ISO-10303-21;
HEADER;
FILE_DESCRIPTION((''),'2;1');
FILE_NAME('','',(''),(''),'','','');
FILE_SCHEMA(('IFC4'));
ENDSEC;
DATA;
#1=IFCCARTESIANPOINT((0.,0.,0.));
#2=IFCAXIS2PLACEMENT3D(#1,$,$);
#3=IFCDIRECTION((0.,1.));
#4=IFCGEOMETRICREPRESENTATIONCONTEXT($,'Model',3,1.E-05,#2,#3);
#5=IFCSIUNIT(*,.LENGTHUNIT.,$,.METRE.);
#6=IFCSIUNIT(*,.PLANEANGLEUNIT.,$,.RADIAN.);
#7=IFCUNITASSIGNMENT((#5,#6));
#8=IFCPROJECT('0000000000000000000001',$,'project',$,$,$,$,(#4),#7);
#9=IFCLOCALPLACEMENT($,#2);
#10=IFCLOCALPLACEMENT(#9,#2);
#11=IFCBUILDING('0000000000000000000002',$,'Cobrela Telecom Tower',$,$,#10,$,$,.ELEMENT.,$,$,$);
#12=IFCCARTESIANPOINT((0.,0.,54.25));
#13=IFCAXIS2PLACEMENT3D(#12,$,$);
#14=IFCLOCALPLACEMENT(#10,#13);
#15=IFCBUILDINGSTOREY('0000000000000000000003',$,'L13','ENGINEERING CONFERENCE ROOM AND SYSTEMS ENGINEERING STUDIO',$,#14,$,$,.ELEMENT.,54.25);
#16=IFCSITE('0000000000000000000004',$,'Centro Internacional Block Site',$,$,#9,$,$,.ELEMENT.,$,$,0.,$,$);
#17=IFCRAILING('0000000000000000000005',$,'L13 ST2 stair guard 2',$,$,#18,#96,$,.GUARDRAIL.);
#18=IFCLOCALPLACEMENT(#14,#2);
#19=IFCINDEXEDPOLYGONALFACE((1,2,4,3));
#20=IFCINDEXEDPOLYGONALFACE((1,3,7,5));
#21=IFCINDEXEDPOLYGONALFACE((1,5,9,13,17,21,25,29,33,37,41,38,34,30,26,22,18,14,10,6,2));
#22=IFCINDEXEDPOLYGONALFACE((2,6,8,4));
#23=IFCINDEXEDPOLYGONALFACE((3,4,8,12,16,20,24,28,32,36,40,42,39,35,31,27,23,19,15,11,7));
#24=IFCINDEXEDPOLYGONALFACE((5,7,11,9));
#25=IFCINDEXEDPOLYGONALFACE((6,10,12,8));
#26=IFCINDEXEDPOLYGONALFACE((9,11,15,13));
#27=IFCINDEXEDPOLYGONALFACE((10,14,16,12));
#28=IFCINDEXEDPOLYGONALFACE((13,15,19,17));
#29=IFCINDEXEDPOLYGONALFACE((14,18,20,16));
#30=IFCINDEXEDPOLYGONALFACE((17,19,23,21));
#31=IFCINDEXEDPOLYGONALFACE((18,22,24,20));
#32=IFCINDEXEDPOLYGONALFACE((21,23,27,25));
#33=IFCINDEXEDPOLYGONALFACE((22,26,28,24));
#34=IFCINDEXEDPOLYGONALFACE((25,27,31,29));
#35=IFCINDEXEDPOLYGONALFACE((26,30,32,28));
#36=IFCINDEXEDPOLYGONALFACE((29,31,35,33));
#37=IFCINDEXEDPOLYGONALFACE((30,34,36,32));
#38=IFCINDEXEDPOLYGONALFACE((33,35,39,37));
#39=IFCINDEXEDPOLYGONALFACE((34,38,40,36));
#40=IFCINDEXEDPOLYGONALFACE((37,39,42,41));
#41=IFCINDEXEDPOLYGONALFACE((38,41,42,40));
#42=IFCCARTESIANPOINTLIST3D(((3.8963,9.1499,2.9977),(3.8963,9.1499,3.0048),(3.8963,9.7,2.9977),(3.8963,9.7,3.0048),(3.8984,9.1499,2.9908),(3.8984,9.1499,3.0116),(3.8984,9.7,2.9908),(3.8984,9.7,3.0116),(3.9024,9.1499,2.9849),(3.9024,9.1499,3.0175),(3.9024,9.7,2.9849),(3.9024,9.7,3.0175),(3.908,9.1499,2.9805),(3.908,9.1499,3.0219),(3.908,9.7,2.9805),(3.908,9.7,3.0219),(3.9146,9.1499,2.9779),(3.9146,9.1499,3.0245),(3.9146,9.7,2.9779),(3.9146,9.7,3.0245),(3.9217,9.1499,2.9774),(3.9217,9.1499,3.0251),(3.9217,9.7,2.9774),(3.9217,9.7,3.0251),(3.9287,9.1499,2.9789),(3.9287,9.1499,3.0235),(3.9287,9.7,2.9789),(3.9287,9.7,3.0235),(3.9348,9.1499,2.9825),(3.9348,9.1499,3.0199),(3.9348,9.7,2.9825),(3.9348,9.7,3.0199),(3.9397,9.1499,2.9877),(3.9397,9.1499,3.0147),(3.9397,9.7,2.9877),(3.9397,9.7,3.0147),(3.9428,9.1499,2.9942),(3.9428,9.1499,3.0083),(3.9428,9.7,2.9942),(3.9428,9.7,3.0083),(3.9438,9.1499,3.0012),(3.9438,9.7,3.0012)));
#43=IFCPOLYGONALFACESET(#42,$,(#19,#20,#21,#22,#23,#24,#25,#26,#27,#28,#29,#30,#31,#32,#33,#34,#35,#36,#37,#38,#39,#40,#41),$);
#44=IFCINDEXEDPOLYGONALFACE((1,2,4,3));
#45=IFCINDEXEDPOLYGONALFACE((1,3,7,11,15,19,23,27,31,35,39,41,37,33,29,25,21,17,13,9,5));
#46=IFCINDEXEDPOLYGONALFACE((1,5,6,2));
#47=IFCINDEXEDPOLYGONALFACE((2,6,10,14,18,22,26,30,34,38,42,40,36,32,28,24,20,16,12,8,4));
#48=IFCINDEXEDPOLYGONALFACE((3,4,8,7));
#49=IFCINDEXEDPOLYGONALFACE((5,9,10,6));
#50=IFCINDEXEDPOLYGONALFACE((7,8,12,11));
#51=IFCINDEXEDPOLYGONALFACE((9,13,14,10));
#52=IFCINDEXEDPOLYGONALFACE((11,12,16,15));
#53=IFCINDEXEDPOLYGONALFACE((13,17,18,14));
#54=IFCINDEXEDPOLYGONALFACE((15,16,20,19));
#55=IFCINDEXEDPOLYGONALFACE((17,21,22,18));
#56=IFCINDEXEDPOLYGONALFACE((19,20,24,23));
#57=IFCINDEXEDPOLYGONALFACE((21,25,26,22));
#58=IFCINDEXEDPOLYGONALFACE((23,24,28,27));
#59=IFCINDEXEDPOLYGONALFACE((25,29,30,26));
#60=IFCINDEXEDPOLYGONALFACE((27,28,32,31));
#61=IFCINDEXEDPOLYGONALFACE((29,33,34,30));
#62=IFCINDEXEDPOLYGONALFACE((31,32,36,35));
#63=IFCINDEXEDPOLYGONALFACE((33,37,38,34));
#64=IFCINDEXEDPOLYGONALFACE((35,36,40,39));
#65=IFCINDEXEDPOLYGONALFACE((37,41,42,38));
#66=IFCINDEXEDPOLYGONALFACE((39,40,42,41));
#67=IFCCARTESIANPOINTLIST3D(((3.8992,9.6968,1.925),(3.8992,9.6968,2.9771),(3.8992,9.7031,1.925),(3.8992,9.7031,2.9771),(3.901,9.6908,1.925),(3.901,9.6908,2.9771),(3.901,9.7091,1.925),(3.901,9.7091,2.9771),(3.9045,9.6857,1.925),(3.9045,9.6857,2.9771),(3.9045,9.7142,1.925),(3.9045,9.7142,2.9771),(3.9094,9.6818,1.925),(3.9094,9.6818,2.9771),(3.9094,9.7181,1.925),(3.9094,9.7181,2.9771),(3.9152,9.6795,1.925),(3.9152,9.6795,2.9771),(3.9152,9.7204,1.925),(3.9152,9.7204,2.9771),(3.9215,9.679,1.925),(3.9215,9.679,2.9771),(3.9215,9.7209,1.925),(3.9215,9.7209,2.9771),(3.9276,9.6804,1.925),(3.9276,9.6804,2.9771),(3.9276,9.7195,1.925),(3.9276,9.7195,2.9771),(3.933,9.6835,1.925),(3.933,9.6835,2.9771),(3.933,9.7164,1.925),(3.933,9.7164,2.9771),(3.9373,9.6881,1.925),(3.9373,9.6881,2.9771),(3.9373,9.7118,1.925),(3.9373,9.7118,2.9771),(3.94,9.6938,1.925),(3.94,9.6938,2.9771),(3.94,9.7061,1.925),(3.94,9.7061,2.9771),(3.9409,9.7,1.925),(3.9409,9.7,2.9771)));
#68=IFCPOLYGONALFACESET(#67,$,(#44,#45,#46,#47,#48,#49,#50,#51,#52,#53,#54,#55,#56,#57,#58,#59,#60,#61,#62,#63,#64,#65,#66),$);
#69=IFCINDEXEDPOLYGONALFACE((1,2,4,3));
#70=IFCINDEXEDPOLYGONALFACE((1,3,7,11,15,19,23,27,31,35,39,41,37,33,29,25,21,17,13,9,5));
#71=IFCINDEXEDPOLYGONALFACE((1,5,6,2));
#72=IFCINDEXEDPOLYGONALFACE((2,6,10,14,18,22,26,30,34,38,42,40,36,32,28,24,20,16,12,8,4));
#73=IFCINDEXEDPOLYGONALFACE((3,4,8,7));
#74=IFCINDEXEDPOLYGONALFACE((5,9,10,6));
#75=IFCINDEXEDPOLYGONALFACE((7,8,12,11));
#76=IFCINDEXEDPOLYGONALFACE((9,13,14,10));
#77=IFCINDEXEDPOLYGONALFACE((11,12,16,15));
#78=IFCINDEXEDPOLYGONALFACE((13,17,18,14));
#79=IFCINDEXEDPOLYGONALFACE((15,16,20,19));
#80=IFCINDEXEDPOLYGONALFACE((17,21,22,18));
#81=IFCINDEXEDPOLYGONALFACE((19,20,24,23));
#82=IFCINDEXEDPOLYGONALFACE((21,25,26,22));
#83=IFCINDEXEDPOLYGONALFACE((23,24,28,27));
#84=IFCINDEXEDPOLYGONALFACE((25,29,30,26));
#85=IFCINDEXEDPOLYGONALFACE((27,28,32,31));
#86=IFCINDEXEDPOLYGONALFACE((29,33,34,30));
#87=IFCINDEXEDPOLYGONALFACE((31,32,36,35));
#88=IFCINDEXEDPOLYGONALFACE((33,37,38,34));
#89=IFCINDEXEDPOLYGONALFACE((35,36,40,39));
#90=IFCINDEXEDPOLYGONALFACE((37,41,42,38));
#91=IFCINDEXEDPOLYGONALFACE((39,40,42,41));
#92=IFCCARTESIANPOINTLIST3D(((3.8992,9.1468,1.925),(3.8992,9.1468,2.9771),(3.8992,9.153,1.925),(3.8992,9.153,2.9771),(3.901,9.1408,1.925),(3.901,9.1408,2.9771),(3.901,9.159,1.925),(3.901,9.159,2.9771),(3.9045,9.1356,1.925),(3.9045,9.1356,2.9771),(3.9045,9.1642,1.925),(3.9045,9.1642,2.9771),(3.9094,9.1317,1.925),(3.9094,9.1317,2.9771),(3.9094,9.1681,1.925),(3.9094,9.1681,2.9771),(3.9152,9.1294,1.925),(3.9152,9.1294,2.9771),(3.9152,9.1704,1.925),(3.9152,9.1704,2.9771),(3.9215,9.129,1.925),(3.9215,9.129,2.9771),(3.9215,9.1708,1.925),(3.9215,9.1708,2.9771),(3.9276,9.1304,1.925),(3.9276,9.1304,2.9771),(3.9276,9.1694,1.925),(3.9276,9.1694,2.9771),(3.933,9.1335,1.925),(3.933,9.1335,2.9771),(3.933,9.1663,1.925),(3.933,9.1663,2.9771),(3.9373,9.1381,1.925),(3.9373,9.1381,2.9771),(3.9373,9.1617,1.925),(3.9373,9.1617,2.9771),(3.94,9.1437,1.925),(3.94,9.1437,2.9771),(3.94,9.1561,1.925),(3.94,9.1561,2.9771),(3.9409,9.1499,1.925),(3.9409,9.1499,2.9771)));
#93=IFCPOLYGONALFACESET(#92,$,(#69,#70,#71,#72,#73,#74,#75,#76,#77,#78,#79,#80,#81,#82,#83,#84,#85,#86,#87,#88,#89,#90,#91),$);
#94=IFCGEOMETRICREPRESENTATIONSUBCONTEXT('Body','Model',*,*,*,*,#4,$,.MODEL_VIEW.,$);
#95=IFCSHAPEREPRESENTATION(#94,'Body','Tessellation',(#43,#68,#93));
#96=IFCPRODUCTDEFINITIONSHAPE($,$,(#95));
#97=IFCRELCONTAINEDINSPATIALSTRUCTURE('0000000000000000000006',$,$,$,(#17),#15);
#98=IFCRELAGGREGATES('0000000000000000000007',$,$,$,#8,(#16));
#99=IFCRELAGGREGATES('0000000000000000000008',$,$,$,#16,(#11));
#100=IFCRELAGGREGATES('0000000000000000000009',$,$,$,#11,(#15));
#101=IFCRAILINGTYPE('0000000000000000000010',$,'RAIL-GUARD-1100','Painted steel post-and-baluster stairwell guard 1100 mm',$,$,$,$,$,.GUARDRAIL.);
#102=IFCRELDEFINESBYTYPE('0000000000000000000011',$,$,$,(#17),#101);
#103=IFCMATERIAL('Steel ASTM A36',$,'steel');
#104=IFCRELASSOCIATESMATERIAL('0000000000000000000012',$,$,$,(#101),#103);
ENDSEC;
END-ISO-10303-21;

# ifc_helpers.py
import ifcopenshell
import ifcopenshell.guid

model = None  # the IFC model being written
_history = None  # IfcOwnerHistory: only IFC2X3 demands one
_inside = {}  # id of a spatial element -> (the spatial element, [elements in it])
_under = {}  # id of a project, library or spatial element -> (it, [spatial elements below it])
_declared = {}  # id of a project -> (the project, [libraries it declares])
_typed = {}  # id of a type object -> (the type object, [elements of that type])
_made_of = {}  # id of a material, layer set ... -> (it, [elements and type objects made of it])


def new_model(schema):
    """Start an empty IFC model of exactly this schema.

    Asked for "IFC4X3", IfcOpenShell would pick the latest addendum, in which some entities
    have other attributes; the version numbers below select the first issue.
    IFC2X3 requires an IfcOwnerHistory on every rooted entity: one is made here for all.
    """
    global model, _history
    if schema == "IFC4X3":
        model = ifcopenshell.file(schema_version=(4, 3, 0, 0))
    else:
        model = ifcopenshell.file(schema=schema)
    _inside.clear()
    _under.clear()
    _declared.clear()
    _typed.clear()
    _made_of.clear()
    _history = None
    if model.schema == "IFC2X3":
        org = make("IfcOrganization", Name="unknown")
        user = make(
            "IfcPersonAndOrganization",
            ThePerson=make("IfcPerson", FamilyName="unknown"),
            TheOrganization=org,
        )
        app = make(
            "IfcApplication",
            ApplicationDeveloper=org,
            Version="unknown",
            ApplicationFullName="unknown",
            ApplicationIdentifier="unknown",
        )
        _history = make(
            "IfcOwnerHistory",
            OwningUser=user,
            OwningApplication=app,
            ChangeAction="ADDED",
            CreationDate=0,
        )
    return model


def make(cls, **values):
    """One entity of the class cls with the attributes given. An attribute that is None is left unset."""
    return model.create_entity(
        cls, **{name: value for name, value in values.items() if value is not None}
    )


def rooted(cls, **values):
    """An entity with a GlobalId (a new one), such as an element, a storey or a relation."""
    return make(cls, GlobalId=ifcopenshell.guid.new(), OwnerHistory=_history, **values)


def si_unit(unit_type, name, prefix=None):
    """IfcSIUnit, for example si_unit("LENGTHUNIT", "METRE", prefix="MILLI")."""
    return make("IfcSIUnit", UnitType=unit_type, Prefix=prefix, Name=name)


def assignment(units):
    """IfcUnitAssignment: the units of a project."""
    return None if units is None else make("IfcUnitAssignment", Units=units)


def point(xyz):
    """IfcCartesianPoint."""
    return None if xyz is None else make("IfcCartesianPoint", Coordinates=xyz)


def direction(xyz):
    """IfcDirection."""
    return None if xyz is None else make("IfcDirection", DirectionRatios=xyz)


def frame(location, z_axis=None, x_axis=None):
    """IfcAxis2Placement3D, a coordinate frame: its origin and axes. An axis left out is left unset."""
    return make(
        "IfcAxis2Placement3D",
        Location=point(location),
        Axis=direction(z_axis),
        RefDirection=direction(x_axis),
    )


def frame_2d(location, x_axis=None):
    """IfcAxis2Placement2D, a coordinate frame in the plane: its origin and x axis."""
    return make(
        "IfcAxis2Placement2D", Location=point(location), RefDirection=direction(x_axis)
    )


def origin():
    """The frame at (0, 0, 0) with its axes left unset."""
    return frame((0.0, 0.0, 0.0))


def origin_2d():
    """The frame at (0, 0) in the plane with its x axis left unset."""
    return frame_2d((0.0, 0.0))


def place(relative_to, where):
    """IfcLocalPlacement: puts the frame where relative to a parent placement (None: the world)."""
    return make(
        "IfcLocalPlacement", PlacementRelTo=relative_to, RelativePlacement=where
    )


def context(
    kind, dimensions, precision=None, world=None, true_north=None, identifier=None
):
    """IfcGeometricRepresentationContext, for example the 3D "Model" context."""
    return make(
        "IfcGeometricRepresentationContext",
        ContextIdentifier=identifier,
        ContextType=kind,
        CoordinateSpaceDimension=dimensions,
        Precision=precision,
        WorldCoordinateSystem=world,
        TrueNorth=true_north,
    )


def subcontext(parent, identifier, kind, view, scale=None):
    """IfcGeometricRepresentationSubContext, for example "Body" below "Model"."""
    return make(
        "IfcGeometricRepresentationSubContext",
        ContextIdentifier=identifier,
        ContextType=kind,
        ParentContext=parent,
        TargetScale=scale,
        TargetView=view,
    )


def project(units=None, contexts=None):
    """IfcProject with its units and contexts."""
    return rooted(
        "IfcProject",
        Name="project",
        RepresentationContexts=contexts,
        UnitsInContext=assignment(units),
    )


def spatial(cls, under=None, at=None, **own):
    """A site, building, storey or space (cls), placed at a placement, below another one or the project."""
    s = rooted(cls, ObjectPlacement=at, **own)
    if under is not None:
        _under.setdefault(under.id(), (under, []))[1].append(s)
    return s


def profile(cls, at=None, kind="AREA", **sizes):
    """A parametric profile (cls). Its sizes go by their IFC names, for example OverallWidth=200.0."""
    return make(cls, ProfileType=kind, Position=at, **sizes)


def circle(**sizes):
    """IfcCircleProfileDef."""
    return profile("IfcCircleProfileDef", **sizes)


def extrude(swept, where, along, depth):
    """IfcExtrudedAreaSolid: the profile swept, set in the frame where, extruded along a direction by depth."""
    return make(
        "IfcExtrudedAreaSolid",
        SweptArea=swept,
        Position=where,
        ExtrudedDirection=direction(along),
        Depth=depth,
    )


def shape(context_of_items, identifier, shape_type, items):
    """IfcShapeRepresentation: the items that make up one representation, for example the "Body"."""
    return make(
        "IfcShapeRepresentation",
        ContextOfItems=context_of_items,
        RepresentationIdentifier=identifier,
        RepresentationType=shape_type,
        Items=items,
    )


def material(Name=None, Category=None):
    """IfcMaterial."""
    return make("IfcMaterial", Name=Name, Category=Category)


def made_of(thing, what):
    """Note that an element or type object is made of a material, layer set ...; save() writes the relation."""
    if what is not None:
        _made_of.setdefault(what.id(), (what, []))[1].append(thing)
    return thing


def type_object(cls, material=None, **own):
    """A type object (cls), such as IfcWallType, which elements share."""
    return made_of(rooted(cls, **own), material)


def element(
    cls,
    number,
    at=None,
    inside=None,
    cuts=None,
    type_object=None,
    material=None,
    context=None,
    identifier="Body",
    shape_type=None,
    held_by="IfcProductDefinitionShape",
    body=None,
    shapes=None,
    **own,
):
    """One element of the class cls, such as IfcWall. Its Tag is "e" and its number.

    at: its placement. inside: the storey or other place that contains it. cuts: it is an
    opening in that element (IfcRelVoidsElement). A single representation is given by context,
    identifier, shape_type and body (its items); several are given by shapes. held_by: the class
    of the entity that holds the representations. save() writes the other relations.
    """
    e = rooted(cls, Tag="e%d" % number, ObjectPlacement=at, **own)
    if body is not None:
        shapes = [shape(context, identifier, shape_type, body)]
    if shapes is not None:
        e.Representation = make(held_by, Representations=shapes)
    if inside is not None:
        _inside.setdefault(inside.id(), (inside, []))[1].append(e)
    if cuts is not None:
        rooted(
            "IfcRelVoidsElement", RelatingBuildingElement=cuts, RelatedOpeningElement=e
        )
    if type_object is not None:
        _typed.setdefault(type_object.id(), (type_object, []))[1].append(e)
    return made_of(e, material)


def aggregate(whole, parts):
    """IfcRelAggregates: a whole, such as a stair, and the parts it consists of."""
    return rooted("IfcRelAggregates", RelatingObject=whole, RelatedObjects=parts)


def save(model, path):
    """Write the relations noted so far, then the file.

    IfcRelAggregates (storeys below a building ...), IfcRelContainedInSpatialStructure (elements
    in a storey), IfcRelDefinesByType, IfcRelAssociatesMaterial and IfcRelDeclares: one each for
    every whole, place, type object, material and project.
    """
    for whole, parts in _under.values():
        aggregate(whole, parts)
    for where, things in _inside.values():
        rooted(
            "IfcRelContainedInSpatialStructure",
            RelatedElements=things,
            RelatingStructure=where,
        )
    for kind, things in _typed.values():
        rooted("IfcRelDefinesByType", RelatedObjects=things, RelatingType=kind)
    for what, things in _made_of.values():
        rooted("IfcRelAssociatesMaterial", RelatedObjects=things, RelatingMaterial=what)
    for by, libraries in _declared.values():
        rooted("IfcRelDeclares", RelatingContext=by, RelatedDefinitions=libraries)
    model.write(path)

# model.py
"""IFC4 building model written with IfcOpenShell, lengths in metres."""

from ifc_helpers import new_model, si_unit, direction, frame, origin, origin_2d, place, context, subcontext, project, spatial, circle, extrude, material, type_object, element, save


model = new_model("IFC4")

# Units and contexts
model_context = context("Model", 3, precision=1e-05, world=origin(), true_north=direction((0.0, 1.0)))
body_context = subcontext(model_context, "Body", "Model", "MODEL_VIEW")
ifc_project = project(units=[si_unit("LENGTHUNIT", "METRE"), si_unit("PLANEANGLEUNIT", "RADIAN")], contexts=[model_context])

# Site, building, storey
site_placement = place(None, origin())
site = spatial("IfcSite", under=ifc_project, at=site_placement, Name="Centro Internacional Block Site", CompositionType="ELEMENT", RefElevation=0.0)
building_placement = place(site_placement, origin())
building = spatial("IfcBuilding", under=site, at=building_placement, Name="Cobrela Telecom Tower", CompositionType="ELEMENT")
storey_placement = place(building_placement, frame((0.0, 0.0, 54.25)))
storey = spatial("IfcBuildingStorey", under=building, at=storey_placement, Name="L13", Description="ENGINEERING CONFERENCE ROOM AND SYSTEMS ENGINEERING STUDIO", CompositionType="ELEMENT", Elevation=54.25)

# Railing
ifc_material_1 = material(Name="Steel ASTM A36", Category="steel")
railing_type_1 = type_object("IfcRailingType", Name="RAIL-GUARD-1100", Description="Painted steel post-and-baluster stairwell guard 1100 mm", PredefinedType="GUARDRAIL", material=ifc_material_1)
railing_1_placement = place(storey_placement, frame((3.9199, 9.7, 1.925)))
element("IfcRailing", 1, at=railing_1_placement, inside=storey, type_object=railing_type_1, Name="L13 ST2 stair guard 2", PredefinedType="GUARDRAIL", context=body_context, shape_type="SweptSolid", body=[
    extrude(circle(Radius=0.0239, at=origin_2d()), frame((0.0, 0.0, 1.0762), z_axis=(0.0, -1.0, 0.0), x_axis=(1.0, 0.0, 0.0)), (0.0, 0.0, 1.0), 0.55),
    extrude(circle(Radius=0.021, at=origin_2d()), origin(), (0.0, 0.0, 1.0), 1.052),
    extrude(circle(Radius=0.021, at=origin_2d()), frame((0.0, -0.55, 0.0)), (0.0, 0.0, 1.0), 1.052),
])

save(model, "model.ifc")
